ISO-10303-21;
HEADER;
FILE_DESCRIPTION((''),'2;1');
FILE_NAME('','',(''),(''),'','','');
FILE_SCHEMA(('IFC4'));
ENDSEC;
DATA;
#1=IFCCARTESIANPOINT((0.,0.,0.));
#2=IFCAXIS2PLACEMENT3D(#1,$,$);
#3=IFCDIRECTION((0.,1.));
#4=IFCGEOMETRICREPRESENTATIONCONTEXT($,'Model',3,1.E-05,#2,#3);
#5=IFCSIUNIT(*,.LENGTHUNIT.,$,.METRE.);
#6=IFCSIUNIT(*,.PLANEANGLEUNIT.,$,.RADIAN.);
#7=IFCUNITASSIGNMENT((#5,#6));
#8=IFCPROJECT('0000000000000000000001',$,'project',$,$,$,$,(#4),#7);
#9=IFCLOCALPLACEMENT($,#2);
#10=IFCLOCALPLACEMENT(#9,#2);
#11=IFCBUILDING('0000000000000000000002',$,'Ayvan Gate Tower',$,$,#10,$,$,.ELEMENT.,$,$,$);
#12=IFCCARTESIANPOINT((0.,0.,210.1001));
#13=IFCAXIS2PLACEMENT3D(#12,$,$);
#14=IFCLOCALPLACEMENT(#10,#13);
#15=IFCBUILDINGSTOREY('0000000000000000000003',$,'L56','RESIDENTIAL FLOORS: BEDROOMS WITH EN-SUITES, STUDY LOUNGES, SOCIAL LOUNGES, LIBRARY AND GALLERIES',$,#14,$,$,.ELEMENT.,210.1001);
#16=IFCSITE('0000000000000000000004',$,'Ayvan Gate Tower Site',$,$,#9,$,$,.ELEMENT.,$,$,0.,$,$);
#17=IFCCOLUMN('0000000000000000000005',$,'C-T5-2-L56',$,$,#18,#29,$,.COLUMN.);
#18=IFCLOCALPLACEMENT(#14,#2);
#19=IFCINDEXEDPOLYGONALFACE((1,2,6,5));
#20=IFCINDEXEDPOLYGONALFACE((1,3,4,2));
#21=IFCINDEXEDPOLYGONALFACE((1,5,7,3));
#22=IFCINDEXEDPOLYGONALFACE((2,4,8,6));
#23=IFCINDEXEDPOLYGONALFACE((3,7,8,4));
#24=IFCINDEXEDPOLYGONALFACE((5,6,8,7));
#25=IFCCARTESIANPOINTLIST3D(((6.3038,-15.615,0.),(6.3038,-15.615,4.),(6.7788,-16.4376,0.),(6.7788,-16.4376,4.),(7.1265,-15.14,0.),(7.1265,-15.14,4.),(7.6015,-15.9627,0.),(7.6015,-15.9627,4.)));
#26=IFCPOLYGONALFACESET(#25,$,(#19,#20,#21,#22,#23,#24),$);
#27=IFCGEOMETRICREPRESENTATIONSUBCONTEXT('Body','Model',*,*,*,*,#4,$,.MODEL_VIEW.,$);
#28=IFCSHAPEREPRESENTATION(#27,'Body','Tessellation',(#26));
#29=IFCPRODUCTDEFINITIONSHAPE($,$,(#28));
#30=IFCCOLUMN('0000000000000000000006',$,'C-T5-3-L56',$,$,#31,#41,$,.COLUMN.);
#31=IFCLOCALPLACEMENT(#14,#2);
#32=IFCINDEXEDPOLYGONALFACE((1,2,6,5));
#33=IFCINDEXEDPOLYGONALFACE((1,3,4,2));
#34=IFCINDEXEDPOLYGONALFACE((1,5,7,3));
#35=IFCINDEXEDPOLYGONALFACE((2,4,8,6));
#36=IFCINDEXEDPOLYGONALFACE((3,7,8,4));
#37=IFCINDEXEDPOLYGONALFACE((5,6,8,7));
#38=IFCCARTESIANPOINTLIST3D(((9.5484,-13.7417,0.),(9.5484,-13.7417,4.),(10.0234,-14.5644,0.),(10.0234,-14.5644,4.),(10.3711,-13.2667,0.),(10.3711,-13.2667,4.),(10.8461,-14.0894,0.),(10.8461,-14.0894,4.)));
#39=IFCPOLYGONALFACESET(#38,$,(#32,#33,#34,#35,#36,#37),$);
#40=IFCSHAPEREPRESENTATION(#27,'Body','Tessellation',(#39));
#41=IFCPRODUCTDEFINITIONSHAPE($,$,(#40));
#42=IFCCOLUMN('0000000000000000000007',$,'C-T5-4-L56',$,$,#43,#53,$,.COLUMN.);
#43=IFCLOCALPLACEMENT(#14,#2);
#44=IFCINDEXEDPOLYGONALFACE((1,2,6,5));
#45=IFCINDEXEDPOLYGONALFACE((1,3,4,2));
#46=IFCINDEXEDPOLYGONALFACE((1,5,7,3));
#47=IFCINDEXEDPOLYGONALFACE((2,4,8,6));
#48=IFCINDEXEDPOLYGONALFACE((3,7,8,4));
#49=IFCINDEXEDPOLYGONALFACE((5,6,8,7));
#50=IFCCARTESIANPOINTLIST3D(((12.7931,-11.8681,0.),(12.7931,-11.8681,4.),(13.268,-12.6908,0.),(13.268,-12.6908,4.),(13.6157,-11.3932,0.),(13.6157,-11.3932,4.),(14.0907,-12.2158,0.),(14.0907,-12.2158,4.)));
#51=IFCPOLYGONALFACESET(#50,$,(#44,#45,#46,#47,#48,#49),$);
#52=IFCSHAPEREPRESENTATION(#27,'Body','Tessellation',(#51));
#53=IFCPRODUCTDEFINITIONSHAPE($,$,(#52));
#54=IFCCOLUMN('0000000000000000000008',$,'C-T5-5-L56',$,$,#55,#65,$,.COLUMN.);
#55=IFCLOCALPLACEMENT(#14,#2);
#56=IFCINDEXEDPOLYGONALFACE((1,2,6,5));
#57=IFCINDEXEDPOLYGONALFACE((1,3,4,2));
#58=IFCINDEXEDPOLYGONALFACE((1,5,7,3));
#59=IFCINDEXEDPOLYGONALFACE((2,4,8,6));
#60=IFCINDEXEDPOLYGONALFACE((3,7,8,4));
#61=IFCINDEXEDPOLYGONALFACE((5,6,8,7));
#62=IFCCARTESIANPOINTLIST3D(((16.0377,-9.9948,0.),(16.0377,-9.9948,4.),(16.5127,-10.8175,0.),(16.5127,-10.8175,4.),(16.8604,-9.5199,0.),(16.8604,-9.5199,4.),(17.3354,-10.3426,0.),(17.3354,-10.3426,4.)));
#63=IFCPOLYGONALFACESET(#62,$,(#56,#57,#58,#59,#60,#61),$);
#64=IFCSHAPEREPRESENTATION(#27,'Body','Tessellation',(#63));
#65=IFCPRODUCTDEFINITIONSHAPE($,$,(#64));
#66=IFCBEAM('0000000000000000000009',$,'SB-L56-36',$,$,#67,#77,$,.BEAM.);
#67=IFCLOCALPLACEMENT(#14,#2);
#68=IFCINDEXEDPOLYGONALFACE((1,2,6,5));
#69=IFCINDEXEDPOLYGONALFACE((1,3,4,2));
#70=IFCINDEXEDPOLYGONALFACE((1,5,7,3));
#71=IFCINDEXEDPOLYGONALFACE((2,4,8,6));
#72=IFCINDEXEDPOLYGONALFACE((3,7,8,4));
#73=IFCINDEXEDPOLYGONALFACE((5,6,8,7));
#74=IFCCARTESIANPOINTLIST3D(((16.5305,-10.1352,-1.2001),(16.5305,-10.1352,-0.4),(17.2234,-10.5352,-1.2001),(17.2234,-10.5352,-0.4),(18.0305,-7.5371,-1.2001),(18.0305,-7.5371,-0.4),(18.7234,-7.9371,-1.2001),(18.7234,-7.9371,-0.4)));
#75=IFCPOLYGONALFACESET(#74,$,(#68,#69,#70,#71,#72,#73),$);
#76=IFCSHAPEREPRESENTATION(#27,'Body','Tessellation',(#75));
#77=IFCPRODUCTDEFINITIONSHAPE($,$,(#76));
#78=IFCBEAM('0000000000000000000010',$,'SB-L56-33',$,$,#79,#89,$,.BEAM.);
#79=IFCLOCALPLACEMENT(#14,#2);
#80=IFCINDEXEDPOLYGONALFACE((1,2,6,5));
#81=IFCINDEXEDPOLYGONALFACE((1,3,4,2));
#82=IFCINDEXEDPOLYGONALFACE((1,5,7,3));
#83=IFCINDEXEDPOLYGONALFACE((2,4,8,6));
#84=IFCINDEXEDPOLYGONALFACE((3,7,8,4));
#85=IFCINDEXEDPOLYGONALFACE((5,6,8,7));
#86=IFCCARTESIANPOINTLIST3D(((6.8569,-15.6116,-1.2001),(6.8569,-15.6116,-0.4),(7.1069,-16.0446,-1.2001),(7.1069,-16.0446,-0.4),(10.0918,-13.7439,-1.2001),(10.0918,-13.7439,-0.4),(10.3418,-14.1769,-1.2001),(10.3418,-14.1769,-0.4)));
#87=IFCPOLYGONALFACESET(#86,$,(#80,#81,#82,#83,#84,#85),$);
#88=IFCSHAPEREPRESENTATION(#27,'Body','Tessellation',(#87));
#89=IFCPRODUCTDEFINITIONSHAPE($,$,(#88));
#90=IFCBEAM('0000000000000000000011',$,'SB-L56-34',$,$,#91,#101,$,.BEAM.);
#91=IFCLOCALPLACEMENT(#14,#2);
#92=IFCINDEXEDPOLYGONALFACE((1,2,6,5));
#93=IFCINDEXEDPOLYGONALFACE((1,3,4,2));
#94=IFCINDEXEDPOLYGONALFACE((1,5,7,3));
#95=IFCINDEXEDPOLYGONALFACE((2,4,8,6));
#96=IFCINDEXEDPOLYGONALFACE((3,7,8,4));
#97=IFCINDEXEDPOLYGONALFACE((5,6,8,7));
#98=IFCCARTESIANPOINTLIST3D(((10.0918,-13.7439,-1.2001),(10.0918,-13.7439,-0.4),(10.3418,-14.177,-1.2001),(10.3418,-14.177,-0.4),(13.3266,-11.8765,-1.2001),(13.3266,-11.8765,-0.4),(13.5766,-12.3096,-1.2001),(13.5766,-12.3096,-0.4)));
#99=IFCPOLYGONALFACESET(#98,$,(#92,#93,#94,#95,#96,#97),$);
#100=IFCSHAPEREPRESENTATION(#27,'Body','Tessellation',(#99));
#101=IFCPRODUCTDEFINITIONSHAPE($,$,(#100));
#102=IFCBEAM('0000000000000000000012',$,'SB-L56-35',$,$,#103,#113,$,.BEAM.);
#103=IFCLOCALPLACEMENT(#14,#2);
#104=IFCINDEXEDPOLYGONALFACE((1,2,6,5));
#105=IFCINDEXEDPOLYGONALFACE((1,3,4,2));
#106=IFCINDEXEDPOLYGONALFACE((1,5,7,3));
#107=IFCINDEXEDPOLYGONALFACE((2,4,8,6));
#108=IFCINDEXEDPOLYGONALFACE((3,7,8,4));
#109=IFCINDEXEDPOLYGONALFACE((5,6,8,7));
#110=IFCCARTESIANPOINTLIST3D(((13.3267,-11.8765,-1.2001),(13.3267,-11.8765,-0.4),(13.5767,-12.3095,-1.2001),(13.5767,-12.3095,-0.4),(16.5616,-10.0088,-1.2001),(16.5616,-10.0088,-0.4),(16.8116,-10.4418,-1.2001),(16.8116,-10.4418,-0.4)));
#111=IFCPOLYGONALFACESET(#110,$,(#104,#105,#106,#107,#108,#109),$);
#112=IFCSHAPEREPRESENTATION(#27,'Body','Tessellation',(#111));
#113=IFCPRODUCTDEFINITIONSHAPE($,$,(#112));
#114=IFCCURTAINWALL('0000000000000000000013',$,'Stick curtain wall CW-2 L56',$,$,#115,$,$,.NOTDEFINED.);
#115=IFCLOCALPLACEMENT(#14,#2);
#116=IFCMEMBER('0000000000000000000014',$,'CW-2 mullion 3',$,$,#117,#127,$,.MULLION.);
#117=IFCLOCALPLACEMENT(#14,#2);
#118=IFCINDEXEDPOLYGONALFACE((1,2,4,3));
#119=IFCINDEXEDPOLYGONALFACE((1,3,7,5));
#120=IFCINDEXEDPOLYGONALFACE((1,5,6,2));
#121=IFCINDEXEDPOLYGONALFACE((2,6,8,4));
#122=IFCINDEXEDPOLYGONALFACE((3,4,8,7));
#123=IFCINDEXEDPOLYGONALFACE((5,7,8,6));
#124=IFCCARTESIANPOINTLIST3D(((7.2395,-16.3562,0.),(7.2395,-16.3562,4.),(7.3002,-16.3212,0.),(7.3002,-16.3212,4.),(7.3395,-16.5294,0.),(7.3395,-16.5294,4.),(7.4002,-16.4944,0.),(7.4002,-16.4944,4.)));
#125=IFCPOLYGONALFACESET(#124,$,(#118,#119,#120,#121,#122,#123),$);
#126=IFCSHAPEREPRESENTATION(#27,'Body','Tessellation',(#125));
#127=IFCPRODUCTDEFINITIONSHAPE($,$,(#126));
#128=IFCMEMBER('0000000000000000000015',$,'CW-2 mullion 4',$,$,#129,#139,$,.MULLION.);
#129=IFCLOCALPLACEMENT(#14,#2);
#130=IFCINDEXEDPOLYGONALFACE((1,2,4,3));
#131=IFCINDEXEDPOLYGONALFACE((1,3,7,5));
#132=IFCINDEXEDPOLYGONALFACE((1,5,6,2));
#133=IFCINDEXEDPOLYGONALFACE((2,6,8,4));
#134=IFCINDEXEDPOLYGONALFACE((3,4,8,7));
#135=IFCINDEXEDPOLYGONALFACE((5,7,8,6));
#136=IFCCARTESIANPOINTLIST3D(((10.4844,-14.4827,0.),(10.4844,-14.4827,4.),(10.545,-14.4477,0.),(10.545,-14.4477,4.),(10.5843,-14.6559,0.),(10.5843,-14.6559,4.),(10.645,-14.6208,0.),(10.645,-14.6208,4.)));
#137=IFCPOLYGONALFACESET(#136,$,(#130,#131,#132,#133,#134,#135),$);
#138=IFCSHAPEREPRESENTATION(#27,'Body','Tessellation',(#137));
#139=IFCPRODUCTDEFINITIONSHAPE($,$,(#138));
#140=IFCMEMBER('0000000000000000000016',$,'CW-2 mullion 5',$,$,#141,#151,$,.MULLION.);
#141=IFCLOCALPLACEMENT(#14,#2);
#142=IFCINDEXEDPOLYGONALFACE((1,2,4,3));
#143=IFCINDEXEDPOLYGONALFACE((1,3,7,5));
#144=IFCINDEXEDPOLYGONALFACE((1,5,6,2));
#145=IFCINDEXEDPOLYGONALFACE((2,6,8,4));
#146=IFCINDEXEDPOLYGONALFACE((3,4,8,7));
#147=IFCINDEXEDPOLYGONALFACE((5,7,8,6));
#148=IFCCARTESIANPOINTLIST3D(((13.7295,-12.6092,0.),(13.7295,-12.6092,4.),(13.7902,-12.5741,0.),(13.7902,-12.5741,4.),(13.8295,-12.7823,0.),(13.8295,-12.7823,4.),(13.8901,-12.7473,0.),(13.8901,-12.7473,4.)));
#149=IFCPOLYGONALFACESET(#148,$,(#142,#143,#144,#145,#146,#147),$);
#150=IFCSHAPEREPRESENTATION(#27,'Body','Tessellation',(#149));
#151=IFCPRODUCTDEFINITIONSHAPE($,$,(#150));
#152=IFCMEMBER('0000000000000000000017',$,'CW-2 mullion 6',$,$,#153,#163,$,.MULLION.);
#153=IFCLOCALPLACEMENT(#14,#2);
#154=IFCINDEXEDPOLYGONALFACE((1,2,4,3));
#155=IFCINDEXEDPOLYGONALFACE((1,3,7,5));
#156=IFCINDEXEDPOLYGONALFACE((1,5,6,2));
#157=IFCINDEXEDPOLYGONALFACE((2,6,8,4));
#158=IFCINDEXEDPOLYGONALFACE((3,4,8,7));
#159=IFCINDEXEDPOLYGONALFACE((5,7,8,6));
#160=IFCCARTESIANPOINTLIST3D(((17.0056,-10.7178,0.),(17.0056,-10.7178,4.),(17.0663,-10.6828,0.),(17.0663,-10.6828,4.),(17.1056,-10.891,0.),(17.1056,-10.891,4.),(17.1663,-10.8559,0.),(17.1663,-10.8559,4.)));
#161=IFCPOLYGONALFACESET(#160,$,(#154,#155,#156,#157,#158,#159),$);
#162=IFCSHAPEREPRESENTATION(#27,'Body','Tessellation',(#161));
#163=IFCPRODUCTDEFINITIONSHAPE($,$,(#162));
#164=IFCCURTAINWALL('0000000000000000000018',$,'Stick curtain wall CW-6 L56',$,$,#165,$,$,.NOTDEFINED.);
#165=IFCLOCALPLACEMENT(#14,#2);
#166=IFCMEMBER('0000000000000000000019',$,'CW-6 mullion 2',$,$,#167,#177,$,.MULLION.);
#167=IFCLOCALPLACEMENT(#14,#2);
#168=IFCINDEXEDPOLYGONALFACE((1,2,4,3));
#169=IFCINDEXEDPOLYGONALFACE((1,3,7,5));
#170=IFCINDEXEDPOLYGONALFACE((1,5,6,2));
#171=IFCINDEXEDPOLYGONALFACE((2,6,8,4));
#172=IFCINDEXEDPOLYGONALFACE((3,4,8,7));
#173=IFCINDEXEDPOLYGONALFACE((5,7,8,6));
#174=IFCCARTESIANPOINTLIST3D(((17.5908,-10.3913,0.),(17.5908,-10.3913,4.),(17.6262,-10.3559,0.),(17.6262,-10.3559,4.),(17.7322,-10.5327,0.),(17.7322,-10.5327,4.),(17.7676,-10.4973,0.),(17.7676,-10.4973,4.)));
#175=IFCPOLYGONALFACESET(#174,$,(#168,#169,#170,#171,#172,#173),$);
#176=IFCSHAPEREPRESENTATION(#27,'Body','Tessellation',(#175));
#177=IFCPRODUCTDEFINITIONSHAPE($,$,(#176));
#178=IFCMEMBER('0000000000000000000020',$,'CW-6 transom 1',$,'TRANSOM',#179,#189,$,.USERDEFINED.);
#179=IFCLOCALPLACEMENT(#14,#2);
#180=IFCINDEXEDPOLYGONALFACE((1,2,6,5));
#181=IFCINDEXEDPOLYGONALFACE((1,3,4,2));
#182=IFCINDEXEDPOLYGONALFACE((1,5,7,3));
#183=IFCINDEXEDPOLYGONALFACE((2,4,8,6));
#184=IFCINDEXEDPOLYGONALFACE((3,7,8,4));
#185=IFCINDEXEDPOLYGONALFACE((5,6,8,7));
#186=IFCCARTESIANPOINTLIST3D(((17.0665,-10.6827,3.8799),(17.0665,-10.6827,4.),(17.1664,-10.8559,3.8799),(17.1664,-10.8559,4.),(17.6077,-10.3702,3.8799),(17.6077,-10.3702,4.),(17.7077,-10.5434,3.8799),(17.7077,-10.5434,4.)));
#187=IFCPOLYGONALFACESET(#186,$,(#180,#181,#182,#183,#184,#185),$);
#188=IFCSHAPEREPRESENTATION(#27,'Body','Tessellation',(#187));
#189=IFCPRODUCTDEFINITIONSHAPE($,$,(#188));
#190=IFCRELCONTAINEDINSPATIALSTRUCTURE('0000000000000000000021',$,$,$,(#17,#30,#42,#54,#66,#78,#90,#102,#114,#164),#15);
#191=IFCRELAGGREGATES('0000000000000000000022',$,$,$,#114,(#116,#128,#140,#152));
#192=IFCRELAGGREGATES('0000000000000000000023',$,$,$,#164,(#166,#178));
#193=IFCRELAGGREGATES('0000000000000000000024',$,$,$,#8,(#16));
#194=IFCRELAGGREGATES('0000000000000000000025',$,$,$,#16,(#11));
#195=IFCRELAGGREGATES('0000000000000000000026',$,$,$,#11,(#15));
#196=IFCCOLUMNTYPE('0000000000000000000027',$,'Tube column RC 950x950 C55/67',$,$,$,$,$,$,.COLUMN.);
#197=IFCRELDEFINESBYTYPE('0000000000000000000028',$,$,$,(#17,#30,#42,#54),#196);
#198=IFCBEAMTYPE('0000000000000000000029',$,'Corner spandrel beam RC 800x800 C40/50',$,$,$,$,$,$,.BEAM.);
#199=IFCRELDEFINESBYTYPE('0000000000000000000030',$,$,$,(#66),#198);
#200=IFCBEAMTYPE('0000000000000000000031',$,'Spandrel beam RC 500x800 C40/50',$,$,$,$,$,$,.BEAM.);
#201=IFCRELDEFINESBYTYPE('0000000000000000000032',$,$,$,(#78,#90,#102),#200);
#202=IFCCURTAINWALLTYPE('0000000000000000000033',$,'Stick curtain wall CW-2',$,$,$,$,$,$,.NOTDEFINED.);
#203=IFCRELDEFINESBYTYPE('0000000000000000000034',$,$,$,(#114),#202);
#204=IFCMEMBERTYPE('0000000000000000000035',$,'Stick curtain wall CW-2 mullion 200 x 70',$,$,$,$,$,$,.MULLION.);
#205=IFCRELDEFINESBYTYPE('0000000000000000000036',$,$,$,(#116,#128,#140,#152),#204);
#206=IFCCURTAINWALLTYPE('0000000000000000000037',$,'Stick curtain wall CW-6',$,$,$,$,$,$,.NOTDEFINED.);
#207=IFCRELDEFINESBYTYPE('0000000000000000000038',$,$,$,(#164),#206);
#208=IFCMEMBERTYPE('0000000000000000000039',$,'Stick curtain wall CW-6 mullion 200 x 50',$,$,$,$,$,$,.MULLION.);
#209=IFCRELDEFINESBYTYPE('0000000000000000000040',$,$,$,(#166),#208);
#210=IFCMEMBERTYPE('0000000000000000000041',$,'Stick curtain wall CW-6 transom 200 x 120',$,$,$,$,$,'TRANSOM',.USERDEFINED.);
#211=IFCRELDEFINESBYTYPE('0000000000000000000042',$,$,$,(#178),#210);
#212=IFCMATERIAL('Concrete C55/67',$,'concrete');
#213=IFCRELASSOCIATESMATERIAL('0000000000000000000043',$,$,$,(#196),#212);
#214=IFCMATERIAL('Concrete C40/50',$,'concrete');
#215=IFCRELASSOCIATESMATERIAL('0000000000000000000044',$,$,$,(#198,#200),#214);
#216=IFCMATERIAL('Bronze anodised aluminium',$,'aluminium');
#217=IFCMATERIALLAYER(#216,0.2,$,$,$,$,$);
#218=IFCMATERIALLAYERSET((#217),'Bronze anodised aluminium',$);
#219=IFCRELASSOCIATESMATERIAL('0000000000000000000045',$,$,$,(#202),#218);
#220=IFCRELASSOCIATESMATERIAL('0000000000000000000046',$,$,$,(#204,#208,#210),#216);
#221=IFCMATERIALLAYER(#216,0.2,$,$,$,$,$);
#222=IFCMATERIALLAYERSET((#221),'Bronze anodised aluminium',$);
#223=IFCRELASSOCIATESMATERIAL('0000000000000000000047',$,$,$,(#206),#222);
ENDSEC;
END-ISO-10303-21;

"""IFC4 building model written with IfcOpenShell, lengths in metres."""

from ifc_helpers import new_model, si_unit, direction, frame, origin, origin_2d, place, context, subcontext, project, spatial, rectangle, extrude, material, layer, layer_set, material_profile, profile_set, type_object, element, aggregate, save


model = new_model("IFC4")

# Units and contexts
model_context = context("Model", 3, precision=1e-05, world=origin(), true_north=direction((0.0, 1.0)))
body_context = subcontext(model_context, "Body", "Model", "MODEL_VIEW")
ifc_project = project(units=[si_unit("LENGTHUNIT", "METRE"), si_unit("PLANEANGLEUNIT", "RADIAN")], contexts=[model_context])

# Site, building, storey
site_placement = place(None, origin())
site = spatial("IfcSite", under=ifc_project, at=site_placement, Name="Ayvan Gate Tower Site", CompositionType="ELEMENT", RefElevation=0.0)
building_placement = place(site_placement, origin())
building = spatial("IfcBuilding", under=site, at=building_placement, Name="Ayvan Gate Tower", CompositionType="ELEMENT")
storey_placement = place(building_placement, frame((0.0, 0.0, 210.1001)))
storey = spatial("IfcBuildingStorey", under=building, at=storey_placement, Name="L56", Description="RESIDENTIAL FLOORS: BEDROOMS WITH EN-SUITES, STUDY LOUNGES, SOCIAL LOUNGES, LIBRARY AND GALLERIES", CompositionType="ELEMENT", Elevation=210.1001)

# Columns
ifc_material_1 = material(Name="Concrete C55/67", Category="concrete")
ifc_material_profile_1 = material_profile(ifc_material_1, rectangle(XDim=0.95, YDim=0.95, at=origin_2d()), Name="RC 950x950")
ifc_profile_set_1 = profile_set([ifc_material_profile_1], Name="Concrete C55/67")
column_type = type_object("IfcColumnType", Name="Tube column RC 950x950 C55/67", PredefinedType="COLUMN", material=ifc_profile_set_1)
for number, where, z_axis, x_axis, name in (
    (1, (6.9526, -15.7888, 0.0), (0.0, 0.0, 1.0), (0.5, -0.866025, 0.0), "C-T5-2-L56"),
    (2, (10.1973, -13.9155, 0.0), (0.0, 0.0, 1.0), (0.5, -0.866025, 0.0), "C-T5-3-L56"),
    (3, (13.4419, -12.042, 0.0), (0.0, 0.0, 1.0), (0.5, -0.866025, 0.0), "C-T5-4-L56"),
    (4, (16.6865, -10.1687, 0.0), (0.0, 0.0, 1.0), (0.5, -0.866025, 0.0), "C-T5-5-L56"),
):
    element("IfcColumn", number, at=place(storey_placement, frame(where, z_axis=z_axis, x_axis=x_axis)), inside=storey, type_object=column_type, Name=name, PredefinedType="COLUMN", context=body_context, shape_type="SweptSolid", body=[
        extrude(rectangle(XDim=0.95, YDim=0.95, at=origin_2d()), origin(), (0.0, 0.0, 1.0), 4.0),
    ])

# Beams
ifc_material_2 = material(Name="Concrete C40/50", Category="concrete")
ifc_material_profile_2 = material_profile(ifc_material_2, rectangle(XDim=0.8, YDim=0.8, at=origin_2d()), Name="RC 800x800")
ifc_profile_set_2 = profile_set([ifc_material_profile_2], Name="Concrete C40/50")
beam_type_1 = type_object("IfcBeamType", Name="Corner spandrel beam RC 800x800 C40/50", PredefinedType="BEAM", material=ifc_profile_set_2)
beam_1_placement = place(storey_placement, frame((16.877, -10.3352, -0.8), z_axis=(0.49999, 0.866031, 0.0), x_axis=(-0.866031, 0.49999, 0.0)))
element("IfcBeam", 5, at=beam_1_placement, inside=storey, type_object=beam_type_1, Name="SB-L56-36", PredefinedType="BEAM", context=body_context, shape_type="SweptSolid", body=[
    extrude(rectangle(XDim=0.8, YDim=0.8, at=origin_2d()), origin(), (0.0, 0.0, 1.0), 3.0),
])
ifc_material_profile_3 = material_profile(ifc_material_2, rectangle(XDim=0.5, YDim=0.8, at=origin_2d()), Name="RC 500x800")
ifc_profile_set_3 = profile_set([ifc_material_profile_3], Name="Concrete C40/50")
beam_type_2 = type_object("IfcBeamType", Name="Spandrel beam RC 500x800 C40/50", PredefinedType="BEAM", material=ifc_profile_set_3)
beam_2_placement = place(storey_placement, frame((6.9819, -15.8281, -0.8), z_axis=(0.866022, 0.500005, 0.0), x_axis=(-0.500005, 0.866022, 0.0)))
element("IfcBeam", 6, at=beam_2_placement, inside=storey, type_object=beam_type_2, Name="SB-L56-33", PredefinedType="BEAM", context=body_context, shape_type="SweptSolid", body=[
    extrude(rectangle(XDim=0.5, YDim=0.8, at=origin_2d()), origin(), (0.0, 0.0, 1.0), 3.7354),
])
beam_3_placement = place(storey_placement, frame((10.2168, -13.9604, -0.8), z_axis=(0.866051, 0.499956, 0.0), x_axis=(-0.499956, 0.866051, 0.0)))
element("IfcBeam", 7, at=beam_3_placement, inside=storey, type_object=beam_type_2, Name="SB-L56-34", PredefinedType="BEAM", context=body_context, shape_type="SweptSolid", body=[
    extrude(rectangle(XDim=0.5, YDim=0.8, at=origin_2d()), origin(), (0.0, 0.0, 1.0), 3.7351),
])
beam_4_placement = place(storey_placement, frame((13.4517, -12.093, -0.8), z_axis=(0.866022, 0.500005, 0.0), x_axis=(-0.500005, 0.866022, 0.0)))
element("IfcBeam", 8, at=beam_4_placement, inside=storey, type_object=beam_type_2, Name="SB-L56-35", PredefinedType="BEAM", context=body_context, shape_type="SweptSolid", body=[
    extrude(rectangle(XDim=0.5, YDim=0.8, at=origin_2d()), origin(), (0.0, 0.0, 1.0), 3.7354),
])

# Curtain walls, members
ifc_material_3 = material(Name="Bronze anodised aluminium", Category="aluminium")
ifc_layer_1 = layer(ifc_material_3, 0.2)
ifc_layer_set_1 = layer_set([ifc_layer_1], Name="Bronze anodised aluminium")
curtain_wall_type_1 = type_object("IfcCurtainWallType", Name="Stick curtain wall CW-2", PredefinedType="NOTDEFINED", material=ifc_layer_set_1)
curtain_wall_1_placement = place(storey_placement, origin())
curtain_wall_1 = element("IfcCurtainWall", 9, at=curtain_wall_1_placement, inside=storey, type_object=curtain_wall_type_1, Name="Stick curtain wall CW-2 L56", PredefinedType="NOTDEFINED")
ifc_material_profile_4 = material_profile(ifc_material_3, rectangle(XDim=0.2, YDim=0.0701, at=origin_2d()), Name="Stick curtain wall CW-2 mullion 200 x 70")
ifc_profile_set_4 = profile_set([ifc_material_profile_4], Name="Bronze anodised aluminium")
member_type_1 = type_object("IfcMemberType", Name="Stick curtain wall CW-2 mullion 200 x 70", PredefinedType="MULLION", material=ifc_profile_set_4)
member_1_placement = place(storey_placement, frame((7.3198, -16.4253, 0.0), z_axis=(0.0, 0.0, 1.0), x_axis=(0.5, -0.866025, 0.0)))
member_1 = element("IfcMember", 10, at=member_1_placement, type_object=member_type_1, Name="CW-2 mullion 3", PredefinedType="MULLION", context=body_context, shape_type="SweptSolid", body=[
    extrude(rectangle(XDim=0.2, YDim=0.0701, at=origin_2d()), origin(), (0.0, 0.0, 1.0), 4.0),
])
member_2_placement = place(storey_placement, frame((10.5647, -14.5518, 0.0), z_axis=(0.0, 0.0, 1.0), x_axis=(0.5, -0.866025, 0.0)))
member_2 = element("IfcMember", 11, at=member_2_placement, type_object=member_type_1, Name="CW-2 mullion 4", PredefinedType="MULLION", context=body_context, shape_type="SweptSolid", body=[
    extrude(rectangle(XDim=0.2, YDim=0.0701, at=origin_2d()), origin(), (0.0, 0.0, 1.0), 4.0),
])
member_3_placement = place(storey_placement, frame((13.8098, -12.6782, 0.0), z_axis=(0.0, 0.0, 1.0), x_axis=(0.5, -0.866025, 0.0)))
member_3 = element("IfcMember", 12, at=member_3_placement, type_object=member_type_1, Name="CW-2 mullion 5", PredefinedType="MULLION", context=body_context, shape_type="SweptSolid", body=[
    extrude(rectangle(XDim=0.2, YDim=0.0701, at=origin_2d()), origin(), (0.0, 0.0, 1.0), 4.0),
])
member_4_placement = place(storey_placement, frame((17.0859, -10.7869, 0.0), z_axis=(0.0, 0.0, 1.0), x_axis=(0.5, -0.866025, 0.0)))
member_4 = element("IfcMember", 13, at=member_4_placement, type_object=member_type_1, Name="CW-2 mullion 6", PredefinedType="MULLION", context=body_context, shape_type="SweptSolid", body=[
    extrude(rectangle(XDim=0.2, YDim=0.0701, at=origin_2d()), origin(), (0.0, 0.0, 1.0), 4.0),
])
ifc_layer_2 = layer(ifc_material_3, 0.2)
ifc_layer_set_2 = layer_set([ifc_layer_2], Name="Bronze anodised aluminium")
curtain_wall_type_2 = type_object("IfcCurtainWallType", Name="Stick curtain wall CW-6", PredefinedType="NOTDEFINED", material=ifc_layer_set_2)
curtain_wall_2_placement = place(storey_placement, origin())
curtain_wall_2 = element("IfcCurtainWall", 14, at=curtain_wall_2_placement, inside=storey, type_object=curtain_wall_type_2, Name="Stick curtain wall CW-6 L56", PredefinedType="NOTDEFINED")
ifc_material_profile_5 = material_profile(ifc_material_3, rectangle(XDim=0.2, YDim=0.05, at=origin_2d()), Name="Stick curtain wall CW-6 mullion 200 x 50")
ifc_profile_set_5 = profile_set([ifc_material_profile_5], Name="Bronze anodised aluminium")
member_type_2 = type_object("IfcMemberType", Name="Stick curtain wall CW-6 mullion 200 x 50", PredefinedType="MULLION", material=ifc_profile_set_5)
member_5_placement = place(storey_placement, frame((17.6792, -10.4443, 0.0), z_axis=(0.0, 0.0, 1.0), x_axis=(0.707107, -0.707107, 0.0)))
member_5 = element("IfcMember", 15, at=member_5_placement, type_object=member_type_2, Name="CW-6 mullion 2", PredefinedType="MULLION", context=body_context, shape_type="SweptSolid", body=[
    extrude(rectangle(XDim=0.2, YDim=0.05, at=origin_2d()), origin(), (0.0, 0.0, 1.0), 4.0),
])
ifc_material_profile_6 = material_profile(ifc_material_3, rectangle(XDim=0.2, YDim=0.1201, at=origin_2d()), Name="Stick curtain wall CW-6 transom 200 x 120")
ifc_profile_set_6 = profile_set([ifc_material_profile_6], Name="Bronze anodised aluminium")
member_type_3 = type_object("IfcMemberType", Name="Stick curtain wall CW-6 transom 200 x 120", ElementType="TRANSOM", PredefinedType="USERDEFINED", material=ifc_profile_set_6)
member_6_placement = place(storey_placement, frame((17.1165, -10.7693, 3.9399), z_axis=(0.866023, 0.500004, 0.0), x_axis=(-0.500004, 0.866023, 0.0)))
member_6 = element("IfcMember", 16, at=member_6_placement, type_object=member_type_3, Name="CW-6 transom 1", ObjectType="TRANSOM", PredefinedType="USERDEFINED", context=body_context, shape_type="SweptSolid", body=[
    extrude(rectangle(XDim=0.2, YDim=0.1201, at=origin_2d()), origin(), (0.0, 0.0, 1.0), 0.625),
])

aggregate(curtain_wall_1, [member_1, member_2, member_3, member_4])
aggregate(curtain_wall_2, [member_5, member_6])

save(model, "model.ifc")
